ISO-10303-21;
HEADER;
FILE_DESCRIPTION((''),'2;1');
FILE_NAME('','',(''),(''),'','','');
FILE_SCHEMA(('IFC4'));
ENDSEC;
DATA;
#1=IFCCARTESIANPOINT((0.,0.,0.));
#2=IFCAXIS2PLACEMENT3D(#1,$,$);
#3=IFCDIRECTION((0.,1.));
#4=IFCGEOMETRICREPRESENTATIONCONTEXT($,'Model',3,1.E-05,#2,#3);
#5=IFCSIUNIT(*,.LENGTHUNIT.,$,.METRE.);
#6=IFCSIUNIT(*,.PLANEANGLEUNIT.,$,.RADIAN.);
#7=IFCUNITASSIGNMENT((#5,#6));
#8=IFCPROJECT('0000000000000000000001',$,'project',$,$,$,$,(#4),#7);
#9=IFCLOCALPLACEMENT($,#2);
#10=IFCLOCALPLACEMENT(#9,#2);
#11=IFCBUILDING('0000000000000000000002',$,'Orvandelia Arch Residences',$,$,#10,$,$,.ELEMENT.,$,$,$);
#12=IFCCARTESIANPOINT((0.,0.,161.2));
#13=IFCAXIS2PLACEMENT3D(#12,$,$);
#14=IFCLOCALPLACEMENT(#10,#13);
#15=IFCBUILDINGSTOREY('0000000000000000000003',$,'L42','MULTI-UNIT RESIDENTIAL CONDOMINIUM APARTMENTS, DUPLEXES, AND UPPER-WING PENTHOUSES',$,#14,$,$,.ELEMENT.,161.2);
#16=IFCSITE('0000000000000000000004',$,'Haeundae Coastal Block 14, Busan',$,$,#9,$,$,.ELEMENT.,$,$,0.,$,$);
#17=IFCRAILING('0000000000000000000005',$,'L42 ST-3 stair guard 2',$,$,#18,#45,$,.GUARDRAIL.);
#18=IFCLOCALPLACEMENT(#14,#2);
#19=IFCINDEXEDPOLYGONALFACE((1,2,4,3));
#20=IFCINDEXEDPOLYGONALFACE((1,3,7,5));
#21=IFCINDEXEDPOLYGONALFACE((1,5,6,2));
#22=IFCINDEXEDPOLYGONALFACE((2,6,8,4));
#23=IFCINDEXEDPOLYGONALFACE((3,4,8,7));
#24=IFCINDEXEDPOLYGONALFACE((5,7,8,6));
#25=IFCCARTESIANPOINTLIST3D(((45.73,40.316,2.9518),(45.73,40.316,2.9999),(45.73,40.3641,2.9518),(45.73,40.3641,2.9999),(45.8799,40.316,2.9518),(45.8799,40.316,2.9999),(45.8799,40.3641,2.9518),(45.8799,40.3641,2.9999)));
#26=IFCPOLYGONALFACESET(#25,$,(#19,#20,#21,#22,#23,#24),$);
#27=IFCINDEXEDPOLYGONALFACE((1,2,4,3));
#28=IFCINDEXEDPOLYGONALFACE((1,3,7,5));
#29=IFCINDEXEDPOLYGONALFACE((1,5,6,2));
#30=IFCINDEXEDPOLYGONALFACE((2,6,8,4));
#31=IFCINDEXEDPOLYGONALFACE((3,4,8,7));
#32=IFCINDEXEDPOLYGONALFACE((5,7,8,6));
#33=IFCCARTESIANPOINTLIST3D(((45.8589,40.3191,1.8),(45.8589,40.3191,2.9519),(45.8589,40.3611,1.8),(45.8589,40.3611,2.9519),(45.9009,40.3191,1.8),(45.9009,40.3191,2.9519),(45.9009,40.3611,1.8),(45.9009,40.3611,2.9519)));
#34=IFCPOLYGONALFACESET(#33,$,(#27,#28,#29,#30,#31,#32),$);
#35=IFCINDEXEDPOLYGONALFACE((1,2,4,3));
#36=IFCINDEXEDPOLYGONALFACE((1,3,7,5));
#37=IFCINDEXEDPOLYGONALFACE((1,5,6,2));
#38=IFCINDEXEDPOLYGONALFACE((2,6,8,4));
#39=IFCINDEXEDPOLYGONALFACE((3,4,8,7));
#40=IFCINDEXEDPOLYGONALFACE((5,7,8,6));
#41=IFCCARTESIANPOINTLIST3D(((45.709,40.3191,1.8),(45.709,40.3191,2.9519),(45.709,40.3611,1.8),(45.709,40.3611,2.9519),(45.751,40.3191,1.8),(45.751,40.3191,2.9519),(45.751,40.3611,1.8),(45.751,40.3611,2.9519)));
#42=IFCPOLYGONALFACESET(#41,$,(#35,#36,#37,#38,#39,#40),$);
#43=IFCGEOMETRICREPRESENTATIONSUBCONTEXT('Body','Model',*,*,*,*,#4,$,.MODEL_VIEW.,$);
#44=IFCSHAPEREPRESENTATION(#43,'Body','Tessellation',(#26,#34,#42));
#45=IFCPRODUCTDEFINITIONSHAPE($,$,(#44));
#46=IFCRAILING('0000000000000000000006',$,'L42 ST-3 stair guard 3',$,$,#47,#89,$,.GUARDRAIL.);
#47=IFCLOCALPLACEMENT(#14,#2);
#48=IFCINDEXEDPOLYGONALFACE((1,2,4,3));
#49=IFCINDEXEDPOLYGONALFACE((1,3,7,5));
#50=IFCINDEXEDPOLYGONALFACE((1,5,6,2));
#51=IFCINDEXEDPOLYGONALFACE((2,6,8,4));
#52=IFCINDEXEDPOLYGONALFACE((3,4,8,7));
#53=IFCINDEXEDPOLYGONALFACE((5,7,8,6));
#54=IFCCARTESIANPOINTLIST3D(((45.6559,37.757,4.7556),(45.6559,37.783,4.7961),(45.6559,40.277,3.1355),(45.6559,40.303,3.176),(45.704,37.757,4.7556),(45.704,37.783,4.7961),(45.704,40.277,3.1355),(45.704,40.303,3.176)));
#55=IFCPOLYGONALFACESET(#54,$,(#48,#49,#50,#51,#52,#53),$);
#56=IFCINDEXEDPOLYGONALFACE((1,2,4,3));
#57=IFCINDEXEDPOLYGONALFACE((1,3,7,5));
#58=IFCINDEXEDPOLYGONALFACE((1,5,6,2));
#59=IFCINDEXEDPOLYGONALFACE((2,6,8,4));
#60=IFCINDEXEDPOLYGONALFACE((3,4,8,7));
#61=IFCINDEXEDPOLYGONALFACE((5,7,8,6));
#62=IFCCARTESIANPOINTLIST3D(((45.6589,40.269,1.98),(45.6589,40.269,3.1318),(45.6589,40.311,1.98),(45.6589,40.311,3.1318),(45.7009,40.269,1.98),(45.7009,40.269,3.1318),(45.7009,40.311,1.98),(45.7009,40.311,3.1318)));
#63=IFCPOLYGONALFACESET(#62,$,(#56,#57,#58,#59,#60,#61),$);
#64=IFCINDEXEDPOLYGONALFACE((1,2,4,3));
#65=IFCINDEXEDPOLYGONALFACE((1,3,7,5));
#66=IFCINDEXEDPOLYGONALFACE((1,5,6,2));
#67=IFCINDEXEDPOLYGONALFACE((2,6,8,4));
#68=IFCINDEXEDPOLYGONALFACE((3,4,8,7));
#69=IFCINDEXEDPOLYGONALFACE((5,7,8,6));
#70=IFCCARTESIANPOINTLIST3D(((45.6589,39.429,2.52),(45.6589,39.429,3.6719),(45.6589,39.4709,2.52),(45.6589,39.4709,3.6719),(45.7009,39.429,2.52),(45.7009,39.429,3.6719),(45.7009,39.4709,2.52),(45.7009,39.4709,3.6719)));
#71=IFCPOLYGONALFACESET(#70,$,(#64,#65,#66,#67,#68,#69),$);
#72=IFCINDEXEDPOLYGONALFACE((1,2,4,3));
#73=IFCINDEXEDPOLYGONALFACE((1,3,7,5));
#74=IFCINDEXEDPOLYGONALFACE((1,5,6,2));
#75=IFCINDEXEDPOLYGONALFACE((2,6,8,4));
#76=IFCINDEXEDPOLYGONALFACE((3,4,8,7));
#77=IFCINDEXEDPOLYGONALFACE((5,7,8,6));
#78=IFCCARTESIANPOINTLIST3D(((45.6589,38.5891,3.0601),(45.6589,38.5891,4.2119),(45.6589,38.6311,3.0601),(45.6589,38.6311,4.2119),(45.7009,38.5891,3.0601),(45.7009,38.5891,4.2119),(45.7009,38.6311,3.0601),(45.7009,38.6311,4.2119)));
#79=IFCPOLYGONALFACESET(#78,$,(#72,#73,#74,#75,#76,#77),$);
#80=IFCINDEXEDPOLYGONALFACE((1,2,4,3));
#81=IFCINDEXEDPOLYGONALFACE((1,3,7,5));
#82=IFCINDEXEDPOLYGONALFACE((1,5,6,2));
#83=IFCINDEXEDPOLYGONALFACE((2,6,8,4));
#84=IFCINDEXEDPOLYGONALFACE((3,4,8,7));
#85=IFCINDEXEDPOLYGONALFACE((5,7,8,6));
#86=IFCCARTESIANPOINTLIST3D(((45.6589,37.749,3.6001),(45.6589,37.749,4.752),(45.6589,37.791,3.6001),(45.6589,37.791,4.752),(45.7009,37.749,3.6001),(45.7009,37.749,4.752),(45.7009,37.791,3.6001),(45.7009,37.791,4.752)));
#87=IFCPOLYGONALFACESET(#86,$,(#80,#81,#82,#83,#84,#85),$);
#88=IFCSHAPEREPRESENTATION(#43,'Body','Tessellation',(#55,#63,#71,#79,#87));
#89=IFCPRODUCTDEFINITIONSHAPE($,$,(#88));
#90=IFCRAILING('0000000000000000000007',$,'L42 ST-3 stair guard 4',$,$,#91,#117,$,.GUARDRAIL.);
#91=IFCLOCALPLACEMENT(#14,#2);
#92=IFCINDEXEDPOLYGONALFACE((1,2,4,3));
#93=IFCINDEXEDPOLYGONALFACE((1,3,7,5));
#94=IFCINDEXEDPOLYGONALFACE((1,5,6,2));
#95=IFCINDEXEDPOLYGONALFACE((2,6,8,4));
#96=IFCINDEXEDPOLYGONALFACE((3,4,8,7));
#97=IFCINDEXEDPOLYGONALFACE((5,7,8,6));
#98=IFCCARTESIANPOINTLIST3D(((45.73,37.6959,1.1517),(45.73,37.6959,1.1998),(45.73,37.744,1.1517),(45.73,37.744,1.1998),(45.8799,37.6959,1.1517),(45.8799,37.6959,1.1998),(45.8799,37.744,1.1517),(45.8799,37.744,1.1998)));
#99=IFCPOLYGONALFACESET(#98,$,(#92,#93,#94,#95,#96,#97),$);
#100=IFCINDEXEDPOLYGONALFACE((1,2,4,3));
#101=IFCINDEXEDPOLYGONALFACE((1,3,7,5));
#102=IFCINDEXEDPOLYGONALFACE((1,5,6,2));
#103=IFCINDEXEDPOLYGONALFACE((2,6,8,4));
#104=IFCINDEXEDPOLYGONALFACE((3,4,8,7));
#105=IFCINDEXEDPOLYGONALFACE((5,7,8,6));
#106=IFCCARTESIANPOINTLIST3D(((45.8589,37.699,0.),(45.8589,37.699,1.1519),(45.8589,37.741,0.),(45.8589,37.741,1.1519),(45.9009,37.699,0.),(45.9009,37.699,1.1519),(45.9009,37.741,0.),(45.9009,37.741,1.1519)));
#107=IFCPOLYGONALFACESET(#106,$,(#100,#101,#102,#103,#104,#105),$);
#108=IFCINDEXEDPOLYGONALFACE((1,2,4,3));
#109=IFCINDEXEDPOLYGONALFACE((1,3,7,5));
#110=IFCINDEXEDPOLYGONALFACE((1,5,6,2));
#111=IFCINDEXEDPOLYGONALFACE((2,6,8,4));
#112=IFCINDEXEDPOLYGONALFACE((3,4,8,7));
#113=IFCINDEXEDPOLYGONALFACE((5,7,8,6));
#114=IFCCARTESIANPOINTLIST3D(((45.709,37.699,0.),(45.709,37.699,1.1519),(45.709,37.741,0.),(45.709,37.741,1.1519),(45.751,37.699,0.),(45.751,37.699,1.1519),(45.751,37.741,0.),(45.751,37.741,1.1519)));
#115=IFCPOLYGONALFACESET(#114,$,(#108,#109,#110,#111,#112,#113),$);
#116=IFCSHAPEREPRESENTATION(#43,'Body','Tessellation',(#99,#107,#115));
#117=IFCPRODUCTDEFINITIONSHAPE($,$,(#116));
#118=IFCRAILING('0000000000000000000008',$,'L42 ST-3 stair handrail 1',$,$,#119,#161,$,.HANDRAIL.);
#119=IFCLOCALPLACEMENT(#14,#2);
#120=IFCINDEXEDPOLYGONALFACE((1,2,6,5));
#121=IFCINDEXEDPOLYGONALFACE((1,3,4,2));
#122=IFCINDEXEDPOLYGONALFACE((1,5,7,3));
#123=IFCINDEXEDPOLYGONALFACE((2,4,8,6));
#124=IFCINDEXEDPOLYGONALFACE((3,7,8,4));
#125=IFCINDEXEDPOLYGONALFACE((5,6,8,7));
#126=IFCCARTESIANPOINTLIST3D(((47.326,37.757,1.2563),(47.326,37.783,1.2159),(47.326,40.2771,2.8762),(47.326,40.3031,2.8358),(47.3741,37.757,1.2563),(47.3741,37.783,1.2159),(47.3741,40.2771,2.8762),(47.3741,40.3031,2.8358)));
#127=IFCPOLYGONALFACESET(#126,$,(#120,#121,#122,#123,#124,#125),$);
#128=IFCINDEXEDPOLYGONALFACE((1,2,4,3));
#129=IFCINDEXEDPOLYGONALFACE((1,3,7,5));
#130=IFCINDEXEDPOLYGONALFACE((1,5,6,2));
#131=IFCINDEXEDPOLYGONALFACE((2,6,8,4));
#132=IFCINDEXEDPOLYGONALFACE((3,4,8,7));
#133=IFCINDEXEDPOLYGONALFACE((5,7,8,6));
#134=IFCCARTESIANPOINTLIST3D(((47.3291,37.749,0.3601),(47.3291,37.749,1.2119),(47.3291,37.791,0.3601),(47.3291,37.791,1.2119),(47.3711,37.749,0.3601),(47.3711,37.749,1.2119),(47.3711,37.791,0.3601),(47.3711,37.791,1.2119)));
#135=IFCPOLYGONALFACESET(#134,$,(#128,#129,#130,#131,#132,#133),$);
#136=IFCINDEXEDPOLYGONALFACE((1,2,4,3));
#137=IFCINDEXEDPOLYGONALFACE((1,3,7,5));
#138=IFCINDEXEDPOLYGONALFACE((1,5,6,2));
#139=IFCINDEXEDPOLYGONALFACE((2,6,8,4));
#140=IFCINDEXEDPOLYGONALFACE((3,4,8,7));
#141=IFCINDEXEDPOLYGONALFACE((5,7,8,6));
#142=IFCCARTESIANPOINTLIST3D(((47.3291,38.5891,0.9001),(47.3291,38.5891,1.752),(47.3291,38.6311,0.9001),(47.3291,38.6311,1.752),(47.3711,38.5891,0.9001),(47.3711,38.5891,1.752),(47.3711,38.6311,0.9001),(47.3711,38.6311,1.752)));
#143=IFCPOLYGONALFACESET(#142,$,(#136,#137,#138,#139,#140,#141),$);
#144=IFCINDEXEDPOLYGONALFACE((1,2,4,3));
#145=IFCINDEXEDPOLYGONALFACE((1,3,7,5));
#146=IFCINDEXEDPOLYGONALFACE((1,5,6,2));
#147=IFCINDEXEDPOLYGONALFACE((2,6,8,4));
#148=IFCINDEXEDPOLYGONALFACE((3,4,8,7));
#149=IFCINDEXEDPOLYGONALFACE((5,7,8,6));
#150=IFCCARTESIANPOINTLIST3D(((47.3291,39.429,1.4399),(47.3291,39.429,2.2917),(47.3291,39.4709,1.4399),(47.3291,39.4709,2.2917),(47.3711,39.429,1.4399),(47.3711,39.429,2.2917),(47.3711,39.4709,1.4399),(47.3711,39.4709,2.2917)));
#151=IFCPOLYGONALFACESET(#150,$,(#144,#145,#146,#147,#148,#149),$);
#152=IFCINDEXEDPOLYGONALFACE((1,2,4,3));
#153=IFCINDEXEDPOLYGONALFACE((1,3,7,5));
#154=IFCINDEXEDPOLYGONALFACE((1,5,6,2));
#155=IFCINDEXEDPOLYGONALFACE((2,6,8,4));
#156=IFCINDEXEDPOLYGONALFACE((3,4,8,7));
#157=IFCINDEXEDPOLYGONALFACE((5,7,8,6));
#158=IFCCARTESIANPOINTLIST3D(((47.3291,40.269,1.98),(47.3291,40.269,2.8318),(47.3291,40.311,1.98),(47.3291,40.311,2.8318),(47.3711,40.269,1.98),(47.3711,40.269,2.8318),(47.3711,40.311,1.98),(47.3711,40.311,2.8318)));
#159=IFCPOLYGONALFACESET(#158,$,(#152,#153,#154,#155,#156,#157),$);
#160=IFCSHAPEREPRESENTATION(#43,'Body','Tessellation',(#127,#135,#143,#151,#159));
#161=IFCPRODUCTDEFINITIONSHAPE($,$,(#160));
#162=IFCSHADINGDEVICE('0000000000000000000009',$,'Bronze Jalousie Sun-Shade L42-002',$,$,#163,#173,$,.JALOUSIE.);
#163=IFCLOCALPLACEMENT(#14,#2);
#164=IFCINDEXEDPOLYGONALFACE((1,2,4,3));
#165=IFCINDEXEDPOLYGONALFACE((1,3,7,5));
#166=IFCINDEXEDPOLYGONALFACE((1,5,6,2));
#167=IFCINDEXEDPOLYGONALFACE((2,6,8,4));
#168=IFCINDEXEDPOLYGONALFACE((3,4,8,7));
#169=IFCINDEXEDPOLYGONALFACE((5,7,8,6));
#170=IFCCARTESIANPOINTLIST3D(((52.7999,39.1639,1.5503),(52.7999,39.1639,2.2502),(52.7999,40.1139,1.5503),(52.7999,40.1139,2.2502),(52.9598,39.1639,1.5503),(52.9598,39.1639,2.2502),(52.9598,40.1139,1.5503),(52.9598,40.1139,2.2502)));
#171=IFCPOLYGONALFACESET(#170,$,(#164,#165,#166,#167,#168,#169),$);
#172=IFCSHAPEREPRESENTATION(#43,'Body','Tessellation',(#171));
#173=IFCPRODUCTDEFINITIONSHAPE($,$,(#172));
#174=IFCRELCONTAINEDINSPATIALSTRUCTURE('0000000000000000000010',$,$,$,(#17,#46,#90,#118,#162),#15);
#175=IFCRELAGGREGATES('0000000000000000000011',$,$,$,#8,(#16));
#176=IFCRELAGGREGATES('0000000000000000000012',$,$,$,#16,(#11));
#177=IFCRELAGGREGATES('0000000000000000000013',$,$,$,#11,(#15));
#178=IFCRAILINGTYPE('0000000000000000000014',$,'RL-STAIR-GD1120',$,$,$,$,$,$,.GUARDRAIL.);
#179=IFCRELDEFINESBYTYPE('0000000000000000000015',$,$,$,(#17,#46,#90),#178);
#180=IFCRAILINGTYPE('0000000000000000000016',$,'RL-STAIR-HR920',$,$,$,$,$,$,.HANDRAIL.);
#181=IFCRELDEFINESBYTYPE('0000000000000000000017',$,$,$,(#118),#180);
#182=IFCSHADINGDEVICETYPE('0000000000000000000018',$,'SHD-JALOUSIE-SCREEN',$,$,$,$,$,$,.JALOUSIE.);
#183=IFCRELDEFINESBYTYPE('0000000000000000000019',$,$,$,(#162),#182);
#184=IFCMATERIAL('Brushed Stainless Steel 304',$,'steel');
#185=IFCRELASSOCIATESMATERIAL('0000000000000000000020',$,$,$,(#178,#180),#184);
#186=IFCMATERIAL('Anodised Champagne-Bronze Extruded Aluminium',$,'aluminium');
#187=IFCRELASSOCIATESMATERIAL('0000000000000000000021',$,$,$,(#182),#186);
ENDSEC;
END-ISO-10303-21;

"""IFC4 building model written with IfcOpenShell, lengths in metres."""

from ifc_helpers import new_model, si_unit, direction, frame, origin, origin_2d, place, context, subcontext, project, spatial, rectangle, extrude, material, type_object, element, save


model = new_model("IFC4")

# Units and contexts
model_context = context("Model", 3, precision=1e-05, world=origin(), true_north=direction((0.0, 1.0)))
body_context = subcontext(model_context, "Body", "Model", "MODEL_VIEW")
ifc_project = project(units=[si_unit("LENGTHUNIT", "METRE"), si_unit("PLANEANGLEUNIT", "RADIAN")], contexts=[model_context])

# Site, building, storey
site_placement = place(None, origin())
site = spatial("IfcSite", under=ifc_project, at=site_placement, Name="Haeundae Coastal Block 14, Busan", CompositionType="ELEMENT", RefElevation=0.0)
building_placement = place(site_placement, origin())
building = spatial("IfcBuilding", under=site, at=building_placement, Name="Orvandelia Arch Residences", CompositionType="ELEMENT")
storey_placement = place(building_placement, frame((0.0, 0.0, 161.2)))
storey = spatial("IfcBuildingStorey", under=building, at=storey_placement, Name="L42", Description="MULTI-UNIT RESIDENTIAL CONDOMINIUM APARTMENTS, DUPLEXES, AND UPPER-WING PENTHOUSES", CompositionType="ELEMENT", Elevation=161.2)

# Railings
ifc_material_1 = material(Name="Brushed Stainless Steel 304", Category="steel")
railing_type_1 = type_object("IfcRailingType", Name="RL-STAIR-GD1120", PredefinedType="GUARDRAIL", material=ifc_material_1)
railing_1_placement = place(storey_placement, frame((45.8799, 40.3401, 1.8)))
element("IfcRailing", 1, at=railing_1_placement, inside=storey, type_object=railing_type_1, Name="L42 ST-3 stair guard 2", PredefinedType="GUARDRAIL", context=body_context, shape_type="SweptSolid", body=[
    extrude(rectangle(XDim=0.0481, YDim=0.0481, at=origin_2d()), frame((0.0, 0.0, 1.1758), z_axis=(-1.0, 0.0, 0.0), x_axis=(0.0, -1.0, 0.0)), (0.0, 0.0, 1.0), 0.1499),
    extrude(rectangle(XDim=0.042, YDim=0.042, at=origin_2d()), origin(), (0.0, 0.0, 1.0), 1.1519),
    extrude(rectangle(XDim=0.042, YDim=0.042, at=origin_2d()), frame((-0.1499, 0.0, 0.0)), (0.0, 0.0, 1.0), 1.1519),
])
railing_2_placement = place(storey_placement, frame((45.6799, 40.29, 1.98)))
element("IfcRailing", 2, at=railing_2_placement, inside=storey, type_object=railing_type_1, Name="L42 ST-3 stair guard 3", PredefinedType="GUARDRAIL", context=body_context, shape_type="SweptSolid", body=[
    extrude(rectangle(XDim=0.0481, YDim=0.0481, at=origin_2d()), frame((0.0, 0.0, 1.1758), z_axis=(0.0, -0.841163, 0.540782), x_axis=(1.0, 0.0, 0.0)), (0.0, 0.0, 1.0), 2.9958),
    extrude(rectangle(XDim=0.042, YDim=0.042, at=origin_2d()), origin(), (0.0, 0.0, 1.0), 1.1519),
    extrude(rectangle(XDim=0.042, YDim=0.042, at=origin_2d()), frame((0.0, -0.8401, 0.54)), (0.0, 0.0, 1.0), 1.1519),
    extrude(rectangle(XDim=0.042, YDim=0.042, at=origin_2d()), frame((0.0, -1.6799, 1.0801)), (0.0, 0.0, 1.0), 1.1519),
    extrude(rectangle(XDim=0.042, YDim=0.042, at=origin_2d()), frame((0.0, -2.52, 1.6201)), (0.0, 0.0, 1.0), 1.1519),
])
railing_3_placement = place(storey_placement, frame((45.8799, 37.72, 0.0)))
element("IfcRailing", 3, at=railing_3_placement, inside=storey, type_object=railing_type_1, Name="L42 ST-3 stair guard 4", PredefinedType="GUARDRAIL", context=body_context, shape_type="SweptSolid", body=[
    extrude(rectangle(XDim=0.0481, YDim=0.0481, at=origin_2d()), frame((0.0, 0.0, 1.1758), z_axis=(-1.0, 0.0, 0.0), x_axis=(0.0, -1.0, 0.0)), (0.0, 0.0, 1.0), 0.1499),
    extrude(rectangle(XDim=0.042, YDim=0.042, at=origin_2d()), origin(), (0.0, 0.0, 1.0), 1.1519),
    extrude(rectangle(XDim=0.042, YDim=0.042, at=origin_2d()), frame((-0.1499, 0.0, 0.0)), (0.0, 0.0, 1.0), 1.1519),
])
railing_type_2 = type_object("IfcRailingType", Name="RL-STAIR-HR920", PredefinedType="HANDRAIL", material=ifc_material_1)
railing_4_placement = place(storey_placement, frame((47.3501, 37.77, 0.3601)))
element("IfcRailing", 4, at=railing_4_placement, inside=storey, type_object=railing_type_2, Name="L42 ST-3 stair handrail 1", PredefinedType="HANDRAIL", context=body_context, shape_type="SweptSolid", body=[
    extrude(rectangle(XDim=0.0481, YDim=0.0481, at=origin_2d()), frame((0.0, 0.0, 0.876), z_axis=(0.0, 0.8412, 0.540725), x_axis=(-1.0, 0.0, 0.0)), (0.0, 0.0, 1.0), 2.9958),
    extrude(rectangle(XDim=0.042, YDim=0.042, at=origin_2d()), origin(), (0.0, 0.0, 1.0), 0.8518),
    extrude(rectangle(XDim=0.042, YDim=0.042, at=origin_2d()), frame((0.0, 0.8401, 0.54)), (0.0, 0.0, 1.0), 0.8518),
    extrude(rectangle(XDim=0.042, YDim=0.042, at=origin_2d()), frame((0.0, 1.6799, 1.0798)), (0.0, 0.0, 1.0), 0.8518),
    extrude(rectangle(XDim=0.042, YDim=0.042, at=origin_2d()), frame((0.0, 2.52, 1.6199)), (0.0, 0.0, 1.0), 0.8518),
])

# Shading device
ifc_material_2 = material(Name="Anodised Champagne-Bronze Extruded Aluminium", Category="aluminium")
shading_device_type = type_object("IfcShadingDeviceType", Name="SHD-JALOUSIE-SCREEN", PredefinedType="JALOUSIE", material=ifc_material_2)
shading_device_placement = place(storey_placement, frame((52.8799, 39.6389, 1.5503), z_axis=(0.0, 0.0, 1.0), x_axis=(0.0, -1.0, 0.0)))
element("IfcShadingDevice", 5, at=shading_device_placement, inside=storey, type_object=shading_device_type, Name="Bronze Jalousie Sun-Shade L42-002", PredefinedType="JALOUSIE", context=body_context, shape_type="SweptSolid", body=[
    extrude(rectangle(XDim=0.95, YDim=0.1599, at=origin_2d()), origin(), (0.0, 0.0, 1.0), 0.7),
])

save(model, "model.ifc")
